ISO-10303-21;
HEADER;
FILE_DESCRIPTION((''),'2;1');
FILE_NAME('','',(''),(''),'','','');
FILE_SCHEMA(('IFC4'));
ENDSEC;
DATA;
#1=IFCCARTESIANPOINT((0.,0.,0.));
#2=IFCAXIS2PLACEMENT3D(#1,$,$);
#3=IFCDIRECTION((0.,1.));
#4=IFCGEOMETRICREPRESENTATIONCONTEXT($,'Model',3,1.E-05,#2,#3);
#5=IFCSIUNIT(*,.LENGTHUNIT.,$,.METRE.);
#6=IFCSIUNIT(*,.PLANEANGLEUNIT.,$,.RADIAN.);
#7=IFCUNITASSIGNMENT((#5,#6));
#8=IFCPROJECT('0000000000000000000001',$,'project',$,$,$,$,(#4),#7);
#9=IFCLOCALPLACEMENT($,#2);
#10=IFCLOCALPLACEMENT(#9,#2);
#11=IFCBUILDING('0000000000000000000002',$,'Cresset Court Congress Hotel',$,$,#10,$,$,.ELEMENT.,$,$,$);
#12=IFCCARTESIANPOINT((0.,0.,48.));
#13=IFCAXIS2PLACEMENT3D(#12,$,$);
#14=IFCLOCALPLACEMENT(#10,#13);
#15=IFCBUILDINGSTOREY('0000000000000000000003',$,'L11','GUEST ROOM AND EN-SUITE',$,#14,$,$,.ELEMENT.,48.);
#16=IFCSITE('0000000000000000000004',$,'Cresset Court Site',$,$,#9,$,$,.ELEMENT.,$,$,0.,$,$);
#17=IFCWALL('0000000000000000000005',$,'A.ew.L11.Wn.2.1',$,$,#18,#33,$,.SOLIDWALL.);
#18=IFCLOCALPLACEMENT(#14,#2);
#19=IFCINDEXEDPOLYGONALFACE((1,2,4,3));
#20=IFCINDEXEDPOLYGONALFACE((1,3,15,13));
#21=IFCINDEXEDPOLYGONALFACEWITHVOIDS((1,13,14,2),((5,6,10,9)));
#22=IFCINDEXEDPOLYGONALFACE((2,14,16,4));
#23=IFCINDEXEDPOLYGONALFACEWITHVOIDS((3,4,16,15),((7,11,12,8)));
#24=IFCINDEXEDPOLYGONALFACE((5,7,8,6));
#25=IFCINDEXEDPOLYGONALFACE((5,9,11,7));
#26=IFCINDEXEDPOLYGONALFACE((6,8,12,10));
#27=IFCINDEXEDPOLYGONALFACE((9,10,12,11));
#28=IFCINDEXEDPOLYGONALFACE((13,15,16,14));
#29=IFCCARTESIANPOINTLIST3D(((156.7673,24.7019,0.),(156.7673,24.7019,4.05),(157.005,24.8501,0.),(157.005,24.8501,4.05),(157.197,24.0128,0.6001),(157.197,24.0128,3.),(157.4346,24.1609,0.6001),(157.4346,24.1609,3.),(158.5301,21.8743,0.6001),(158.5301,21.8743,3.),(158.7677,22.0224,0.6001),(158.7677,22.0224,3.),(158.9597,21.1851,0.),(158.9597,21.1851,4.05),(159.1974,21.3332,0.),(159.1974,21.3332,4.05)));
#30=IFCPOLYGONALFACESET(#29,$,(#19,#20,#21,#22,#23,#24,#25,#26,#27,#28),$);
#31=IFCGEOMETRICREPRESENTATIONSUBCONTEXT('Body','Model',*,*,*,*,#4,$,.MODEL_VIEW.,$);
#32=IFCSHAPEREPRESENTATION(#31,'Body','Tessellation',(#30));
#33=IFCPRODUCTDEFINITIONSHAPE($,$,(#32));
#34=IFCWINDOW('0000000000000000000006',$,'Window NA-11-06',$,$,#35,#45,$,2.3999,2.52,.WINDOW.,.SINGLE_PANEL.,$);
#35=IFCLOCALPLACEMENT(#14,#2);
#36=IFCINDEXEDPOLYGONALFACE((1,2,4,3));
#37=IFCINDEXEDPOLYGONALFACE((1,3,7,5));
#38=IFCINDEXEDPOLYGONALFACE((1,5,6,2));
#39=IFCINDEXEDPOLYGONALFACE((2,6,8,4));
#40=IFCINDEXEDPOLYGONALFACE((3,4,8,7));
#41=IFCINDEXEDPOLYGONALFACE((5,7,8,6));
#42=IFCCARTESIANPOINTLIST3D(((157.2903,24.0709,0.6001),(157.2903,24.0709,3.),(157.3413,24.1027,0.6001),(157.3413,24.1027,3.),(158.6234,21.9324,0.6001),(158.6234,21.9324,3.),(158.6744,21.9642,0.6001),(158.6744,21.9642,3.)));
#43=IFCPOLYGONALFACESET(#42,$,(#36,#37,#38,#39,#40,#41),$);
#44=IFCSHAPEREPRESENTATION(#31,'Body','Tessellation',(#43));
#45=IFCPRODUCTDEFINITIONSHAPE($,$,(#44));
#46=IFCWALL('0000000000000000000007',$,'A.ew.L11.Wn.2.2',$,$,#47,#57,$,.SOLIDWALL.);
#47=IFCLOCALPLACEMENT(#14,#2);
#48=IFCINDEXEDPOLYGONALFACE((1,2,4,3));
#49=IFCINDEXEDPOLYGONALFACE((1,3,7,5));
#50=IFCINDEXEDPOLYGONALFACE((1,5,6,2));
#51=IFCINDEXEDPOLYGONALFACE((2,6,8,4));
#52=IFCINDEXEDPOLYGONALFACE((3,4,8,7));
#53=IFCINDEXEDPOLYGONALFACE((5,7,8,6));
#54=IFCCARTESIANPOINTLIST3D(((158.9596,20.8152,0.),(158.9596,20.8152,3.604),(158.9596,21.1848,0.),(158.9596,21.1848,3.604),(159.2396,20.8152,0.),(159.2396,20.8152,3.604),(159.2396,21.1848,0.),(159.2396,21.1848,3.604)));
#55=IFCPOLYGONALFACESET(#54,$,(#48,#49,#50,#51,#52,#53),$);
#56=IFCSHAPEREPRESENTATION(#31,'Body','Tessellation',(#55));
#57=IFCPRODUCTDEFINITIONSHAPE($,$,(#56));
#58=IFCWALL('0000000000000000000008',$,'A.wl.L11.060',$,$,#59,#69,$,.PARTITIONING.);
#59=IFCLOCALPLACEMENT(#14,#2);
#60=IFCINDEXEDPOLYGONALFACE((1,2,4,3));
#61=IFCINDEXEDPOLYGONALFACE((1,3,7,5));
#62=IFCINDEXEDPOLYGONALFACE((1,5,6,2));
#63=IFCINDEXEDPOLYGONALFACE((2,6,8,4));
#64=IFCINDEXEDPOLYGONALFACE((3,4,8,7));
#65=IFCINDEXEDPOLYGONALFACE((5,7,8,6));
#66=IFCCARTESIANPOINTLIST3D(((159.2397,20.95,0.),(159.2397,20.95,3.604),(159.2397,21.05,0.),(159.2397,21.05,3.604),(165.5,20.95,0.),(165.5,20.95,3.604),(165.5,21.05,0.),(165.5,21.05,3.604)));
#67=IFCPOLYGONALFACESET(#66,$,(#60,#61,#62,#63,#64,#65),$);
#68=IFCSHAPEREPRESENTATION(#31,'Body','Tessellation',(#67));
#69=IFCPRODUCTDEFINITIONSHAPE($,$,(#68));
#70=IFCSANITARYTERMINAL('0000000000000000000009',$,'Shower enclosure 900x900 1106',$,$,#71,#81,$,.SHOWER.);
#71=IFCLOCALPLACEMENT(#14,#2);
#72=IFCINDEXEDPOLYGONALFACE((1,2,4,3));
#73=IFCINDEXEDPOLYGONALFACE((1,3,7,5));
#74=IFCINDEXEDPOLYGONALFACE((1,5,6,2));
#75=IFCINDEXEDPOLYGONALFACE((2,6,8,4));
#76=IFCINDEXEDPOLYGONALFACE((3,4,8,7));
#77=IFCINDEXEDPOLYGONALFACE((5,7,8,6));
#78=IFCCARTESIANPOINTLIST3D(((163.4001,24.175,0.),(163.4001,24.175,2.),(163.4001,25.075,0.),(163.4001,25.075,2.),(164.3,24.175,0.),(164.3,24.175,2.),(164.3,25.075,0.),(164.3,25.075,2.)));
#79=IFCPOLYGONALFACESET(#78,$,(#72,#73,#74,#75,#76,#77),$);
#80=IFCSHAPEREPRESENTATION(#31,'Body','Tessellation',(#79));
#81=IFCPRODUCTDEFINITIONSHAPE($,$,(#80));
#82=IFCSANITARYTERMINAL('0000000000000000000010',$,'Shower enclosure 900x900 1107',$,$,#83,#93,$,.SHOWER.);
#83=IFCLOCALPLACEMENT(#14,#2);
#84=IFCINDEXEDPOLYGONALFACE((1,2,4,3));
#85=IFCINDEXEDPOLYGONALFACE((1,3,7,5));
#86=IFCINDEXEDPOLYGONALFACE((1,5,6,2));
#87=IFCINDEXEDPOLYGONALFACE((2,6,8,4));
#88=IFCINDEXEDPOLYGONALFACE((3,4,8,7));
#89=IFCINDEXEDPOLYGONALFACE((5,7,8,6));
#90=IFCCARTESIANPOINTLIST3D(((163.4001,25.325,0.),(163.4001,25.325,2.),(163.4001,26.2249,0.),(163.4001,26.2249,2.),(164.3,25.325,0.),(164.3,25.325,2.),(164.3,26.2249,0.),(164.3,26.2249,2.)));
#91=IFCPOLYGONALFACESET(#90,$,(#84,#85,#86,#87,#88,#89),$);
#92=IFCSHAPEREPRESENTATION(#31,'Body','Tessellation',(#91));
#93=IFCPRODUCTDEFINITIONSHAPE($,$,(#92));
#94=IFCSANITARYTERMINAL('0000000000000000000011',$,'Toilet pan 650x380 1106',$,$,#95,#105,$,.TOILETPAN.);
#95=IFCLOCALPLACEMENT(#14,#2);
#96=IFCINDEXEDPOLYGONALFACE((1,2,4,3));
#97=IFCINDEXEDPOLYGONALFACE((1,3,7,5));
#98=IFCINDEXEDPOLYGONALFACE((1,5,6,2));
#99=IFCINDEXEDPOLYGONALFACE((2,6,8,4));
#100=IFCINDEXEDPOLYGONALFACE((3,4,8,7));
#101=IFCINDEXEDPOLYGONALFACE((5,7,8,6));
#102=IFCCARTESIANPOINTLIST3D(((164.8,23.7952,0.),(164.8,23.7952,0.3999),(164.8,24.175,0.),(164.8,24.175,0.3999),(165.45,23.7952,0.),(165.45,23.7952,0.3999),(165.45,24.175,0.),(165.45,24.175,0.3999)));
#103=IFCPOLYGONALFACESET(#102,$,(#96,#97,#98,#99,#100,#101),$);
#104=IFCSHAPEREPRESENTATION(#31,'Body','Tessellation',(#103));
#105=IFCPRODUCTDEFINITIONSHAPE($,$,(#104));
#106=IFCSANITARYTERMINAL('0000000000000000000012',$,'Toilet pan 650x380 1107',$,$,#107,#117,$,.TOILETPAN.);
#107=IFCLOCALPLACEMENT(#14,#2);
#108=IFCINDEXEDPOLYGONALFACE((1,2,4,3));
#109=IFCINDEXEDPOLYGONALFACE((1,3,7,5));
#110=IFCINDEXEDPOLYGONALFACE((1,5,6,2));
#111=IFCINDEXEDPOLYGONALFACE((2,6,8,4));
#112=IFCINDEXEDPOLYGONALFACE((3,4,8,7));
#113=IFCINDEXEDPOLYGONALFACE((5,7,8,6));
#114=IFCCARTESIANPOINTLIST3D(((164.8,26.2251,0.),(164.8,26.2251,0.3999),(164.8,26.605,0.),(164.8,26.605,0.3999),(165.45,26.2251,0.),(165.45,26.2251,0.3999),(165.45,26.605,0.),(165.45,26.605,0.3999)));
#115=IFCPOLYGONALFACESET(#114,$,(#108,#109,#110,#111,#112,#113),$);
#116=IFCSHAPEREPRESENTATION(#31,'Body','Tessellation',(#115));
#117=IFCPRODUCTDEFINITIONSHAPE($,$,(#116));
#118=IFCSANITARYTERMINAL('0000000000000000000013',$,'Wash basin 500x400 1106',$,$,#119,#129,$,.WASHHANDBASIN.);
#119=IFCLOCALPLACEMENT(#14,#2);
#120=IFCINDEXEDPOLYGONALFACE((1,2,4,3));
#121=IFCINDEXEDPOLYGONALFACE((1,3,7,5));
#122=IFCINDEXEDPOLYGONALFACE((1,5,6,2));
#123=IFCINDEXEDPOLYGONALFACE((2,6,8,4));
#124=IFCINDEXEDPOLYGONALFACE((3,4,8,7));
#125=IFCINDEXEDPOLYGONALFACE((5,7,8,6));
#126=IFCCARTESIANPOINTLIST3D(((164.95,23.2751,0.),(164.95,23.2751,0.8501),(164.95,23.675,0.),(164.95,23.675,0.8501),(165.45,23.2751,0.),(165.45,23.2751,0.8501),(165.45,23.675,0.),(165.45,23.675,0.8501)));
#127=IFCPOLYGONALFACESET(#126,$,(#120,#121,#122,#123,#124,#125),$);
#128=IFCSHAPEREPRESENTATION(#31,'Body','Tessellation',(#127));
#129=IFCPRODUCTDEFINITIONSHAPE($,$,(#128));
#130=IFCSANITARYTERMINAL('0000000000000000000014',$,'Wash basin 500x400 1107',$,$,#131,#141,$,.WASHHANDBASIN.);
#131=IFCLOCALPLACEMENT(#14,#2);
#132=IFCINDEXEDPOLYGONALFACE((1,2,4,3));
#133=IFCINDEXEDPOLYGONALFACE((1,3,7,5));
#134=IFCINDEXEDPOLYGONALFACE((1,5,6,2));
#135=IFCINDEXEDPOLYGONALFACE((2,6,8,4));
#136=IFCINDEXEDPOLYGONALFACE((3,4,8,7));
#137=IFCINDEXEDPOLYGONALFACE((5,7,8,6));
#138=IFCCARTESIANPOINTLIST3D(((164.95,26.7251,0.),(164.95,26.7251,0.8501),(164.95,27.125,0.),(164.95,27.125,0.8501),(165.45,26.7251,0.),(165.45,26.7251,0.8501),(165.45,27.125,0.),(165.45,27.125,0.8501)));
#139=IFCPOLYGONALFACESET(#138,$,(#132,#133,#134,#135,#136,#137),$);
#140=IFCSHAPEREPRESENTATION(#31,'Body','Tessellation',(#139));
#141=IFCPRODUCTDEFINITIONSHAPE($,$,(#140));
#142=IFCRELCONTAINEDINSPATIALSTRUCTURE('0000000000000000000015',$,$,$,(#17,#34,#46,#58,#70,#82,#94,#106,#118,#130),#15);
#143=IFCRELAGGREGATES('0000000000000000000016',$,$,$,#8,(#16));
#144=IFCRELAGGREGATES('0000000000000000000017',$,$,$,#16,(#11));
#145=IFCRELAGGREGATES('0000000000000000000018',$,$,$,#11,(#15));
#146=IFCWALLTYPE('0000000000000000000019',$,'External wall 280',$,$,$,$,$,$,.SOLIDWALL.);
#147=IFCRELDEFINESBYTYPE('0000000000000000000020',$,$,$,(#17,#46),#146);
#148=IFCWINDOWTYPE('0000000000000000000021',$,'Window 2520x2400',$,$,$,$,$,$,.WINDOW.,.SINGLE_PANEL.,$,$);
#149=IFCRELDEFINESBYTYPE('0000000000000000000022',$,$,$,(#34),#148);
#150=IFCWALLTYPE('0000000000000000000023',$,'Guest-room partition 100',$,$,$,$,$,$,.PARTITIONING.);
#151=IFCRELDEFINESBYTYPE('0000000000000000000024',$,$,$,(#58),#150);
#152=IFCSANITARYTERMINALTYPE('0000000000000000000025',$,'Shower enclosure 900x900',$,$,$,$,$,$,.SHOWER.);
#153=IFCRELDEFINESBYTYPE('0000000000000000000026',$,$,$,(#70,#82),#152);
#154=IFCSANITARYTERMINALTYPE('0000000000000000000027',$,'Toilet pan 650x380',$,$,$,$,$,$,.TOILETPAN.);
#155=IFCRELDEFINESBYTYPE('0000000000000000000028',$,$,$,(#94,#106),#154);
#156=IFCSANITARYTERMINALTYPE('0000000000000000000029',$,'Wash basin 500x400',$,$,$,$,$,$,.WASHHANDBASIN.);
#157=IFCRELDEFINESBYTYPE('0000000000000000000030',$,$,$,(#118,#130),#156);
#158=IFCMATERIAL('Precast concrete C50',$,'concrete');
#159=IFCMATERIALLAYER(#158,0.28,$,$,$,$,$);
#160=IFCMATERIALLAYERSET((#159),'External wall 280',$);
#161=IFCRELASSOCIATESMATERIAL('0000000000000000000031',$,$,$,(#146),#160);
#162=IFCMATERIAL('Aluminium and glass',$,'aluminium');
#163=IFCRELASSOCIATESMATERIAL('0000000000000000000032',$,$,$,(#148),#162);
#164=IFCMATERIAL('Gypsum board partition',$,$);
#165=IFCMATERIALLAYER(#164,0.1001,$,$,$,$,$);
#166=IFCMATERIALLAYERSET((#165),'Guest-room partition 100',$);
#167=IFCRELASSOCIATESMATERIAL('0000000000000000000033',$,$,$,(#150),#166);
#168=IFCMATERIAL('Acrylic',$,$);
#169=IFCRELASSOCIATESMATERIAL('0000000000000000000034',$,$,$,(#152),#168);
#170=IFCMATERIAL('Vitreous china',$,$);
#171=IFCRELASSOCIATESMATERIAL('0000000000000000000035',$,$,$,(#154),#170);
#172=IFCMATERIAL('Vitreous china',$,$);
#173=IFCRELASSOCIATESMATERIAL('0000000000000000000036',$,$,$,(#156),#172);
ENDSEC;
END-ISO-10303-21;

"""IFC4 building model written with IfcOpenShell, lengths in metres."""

from ifc_helpers import new_model, si_unit, direction, frame, frame_2d, origin, origin_2d, place, context, subcontext, project, spatial, rectangle, extrude, material, layer, layer_set, type_object, element, fill, save


model = new_model("IFC4")

# Units and contexts
model_context = context("Model", 3, precision=1e-05, world=origin(), true_north=direction((0.0, 1.0)))
body_context = subcontext(model_context, "Body", "Model", "MODEL_VIEW")
ifc_project = project(units=[si_unit("LENGTHUNIT", "METRE"), si_unit("PLANEANGLEUNIT", "RADIAN")], contexts=[model_context])

# Site, building, storey
site_placement = place(None, origin())
site = spatial("IfcSite", under=ifc_project, at=site_placement, Name="Cresset Court Site", CompositionType="ELEMENT", RefElevation=0.0)
building_placement = place(site_placement, origin())
building = spatial("IfcBuilding", under=site, at=building_placement, Name="Cresset Court Congress Hotel", CompositionType="ELEMENT")
storey_placement = place(building_placement, frame((0.0, 0.0, 48.0)))
storey = spatial("IfcBuildingStorey", under=building, at=storey_placement, Name="L11", Description="GUEST ROOM AND EN-SUITE", CompositionType="ELEMENT", Elevation=48.0)

# Wall, opening, window
ifc_material_1 = material(Name="Precast concrete C50", Category="concrete")
ifc_layer_1 = layer(ifc_material_1, 0.28)
ifc_layer_set_1 = layer_set([ifc_layer_1], Name="External wall 280")
wall_type_1 = type_object("IfcWallType", Name="External wall 280", PredefinedType="SOLIDWALL", material=ifc_layer_set_1)
wall_1_placement = place(storey_placement, frame((159.0786, 21.259, 0.0), z_axis=(0.0, 0.0, 1.0), x_axis=(-0.529019, 0.84861, 0.0)))
wall_1 = element("IfcWall", 1, at=wall_1_placement, inside=storey, type_object=wall_type_1, Name="A.ew.L11.Wn.2.1", PredefinedType="SOLIDWALL", context=body_context, shape_type="SweptSolid", body=[
    extrude(rectangle(XDim=4.1443, YDim=0.28, at=frame_2d((2.0723, 0.0))), origin(), (0.0, 0.0, 1.0), 4.05),
])
opening_1_placement = place(wall_1_placement, frame((0.8123, 0.0, 0.6001)))
opening_1 = element("IfcOpeningElement", 2, at=opening_1_placement, cuts=wall_1, PredefinedType="OPENING", context=body_context, shape_type="SweptSolid", body=[
    extrude(rectangle(XDim=2.52, YDim=2.3999, at=frame_2d((1.26, 1.2))), frame((0.0, 0.1499, 0.0), z_axis=(0.0, -1.0, 0.0), x_axis=(1.0, 0.0, 0.0)), (0.0, 0.0, 1.0), 0.3),
])
ifc_material_2 = material(Name="Aluminium and glass", Category="aluminium")
window_type = type_object("IfcWindowType", Name="Window 2520x2400", PartitioningType="SINGLE_PANEL", PredefinedType="WINDOW", material=ifc_material_2)
window_placement = place(opening_1_placement, origin())
window = element("IfcWindow", 3, at=window_placement, inside=storey, type_object=window_type, Name="Window NA-11-06", OverallHeight=2.3999, OverallWidth=2.52, PartitioningType="SINGLE_PANEL", PredefinedType="WINDOW", context=body_context, shape_type="SweptSolid", body=[
    extrude(rectangle(XDim=2.52, YDim=2.3999, at=frame_2d((1.26, 1.2))), frame((0.0, 0.03, 0.0), z_axis=(0.0, -1.0, 0.0), x_axis=(1.0, 0.0, 0.0)), (0.0, 0.0, 1.0), 0.0601),
])
fill(opening_1, window)

# Walls
wall_2_placement = place(storey_placement, frame((159.0996, 20.8152, 0.0), z_axis=(0.0, 0.0, 1.0), x_axis=(0.0, 1.0, 0.0)))
element("IfcWall", 4, at=wall_2_placement, inside=storey, type_object=wall_type_1, Name="A.ew.L11.Wn.2.2", PredefinedType="SOLIDWALL", context=body_context, shape_type="SweptSolid", body=[
    extrude(rectangle(XDim=0.3696, YDim=0.28, at=frame_2d((0.1848, 0.0))), origin(), (0.0, 0.0, 1.0), 3.604),
])
ifc_material_3 = material(Name="Gypsum board partition")
ifc_layer_2 = layer(ifc_material_3, 0.1001)
ifc_layer_set_2 = layer_set([ifc_layer_2], Name="Guest-room partition 100")
wall_type_2 = type_object("IfcWallType", Name="Guest-room partition 100", PredefinedType="PARTITIONING", material=ifc_layer_set_2)
wall_3_placement = place(storey_placement, frame((159.2397, 21.0, 0.0), z_axis=(0.0, 0.0, 1.0), x_axis=(1.0, 0.0, 0.0)))
element("IfcWall", 5, at=wall_3_placement, inside=storey, type_object=wall_type_2, Name="A.wl.L11.060", PredefinedType="PARTITIONING", context=body_context, shape_type="SweptSolid", body=[
    extrude(rectangle(XDim=6.2603, YDim=0.1001, at=frame_2d((3.1301, 0.0))), origin(), (0.0, 0.0, 1.0), 3.604),
])

# Sanitary terminals
ifc_material_4 = material(Name="Acrylic")
sanitary_terminal_type_1 = type_object("IfcSanitaryTerminalType", Name="Shower enclosure 900x900", PredefinedType="SHOWER", material=ifc_material_4)
for number, where, z_axis, x_axis, name in (
    (6, (163.8501, 24.625, 0.0), (0.0, 0.0, 1.0), (1.0, 0.0, 0.0), "Shower enclosure 900x900 1106"),
    (7, (163.8501, 25.7749, 0.0), (0.0, 0.0, 1.0), (1.0, 0.0, 0.0), "Shower enclosure 900x900 1107"),
):
    element("IfcSanitaryTerminal", number, at=place(storey_placement, frame(where, z_axis=z_axis, x_axis=x_axis)), inside=storey, type_object=sanitary_terminal_type_1, Name=name, PredefinedType="SHOWER", context=body_context, shape_type="SweptSolid", body=[
        extrude(rectangle(XDim=0.8999, YDim=0.8999, at=origin_2d()), origin(), (0.0, 0.0, 1.0), 2.0),
    ])
ifc_material_5 = material(Name="Vitreous china")
sanitary_terminal_type_2 = type_object("IfcSanitaryTerminalType", Name="Toilet pan 650x380", PredefinedType="TOILETPAN", material=ifc_material_5)
for number, where, z_axis, x_axis, name in (
    (8, (165.125, 23.9851, 0.0), (0.0, 0.0, 1.0), (1.0, 0.0, 0.0), "Toilet pan 650x380 1106"),
    (9, (165.125, 26.415, 0.0), (0.0, 0.0, 1.0), (1.0, 0.0, 0.0), "Toilet pan 650x380 1107"),
):
    element("IfcSanitaryTerminal", number, at=place(storey_placement, frame(where, z_axis=z_axis, x_axis=x_axis)), inside=storey, type_object=sanitary_terminal_type_2, Name=name, PredefinedType="TOILETPAN", context=body_context, shape_type="SweptSolid", body=[
        extrude(rectangle(XDim=0.6499, YDim=0.3799, at=origin_2d()), origin(), (0.0, 0.0, 1.0), 0.3999),
    ])
ifc_material_6 = material(Name="Vitreous china")
sanitary_terminal_type_3 = type_object("IfcSanitaryTerminalType", Name="Wash basin 500x400", PredefinedType="WASHHANDBASIN", material=ifc_material_6)
for number, where, z_axis, x_axis, name in (
    (10, (165.2, 23.4751, 0.0), (0.0, 0.0, 1.0), (1.0, 0.0, 0.0), "Wash basin 500x400 1106"),
    (11, (165.2, 26.925, 0.0), (0.0, 0.0, 1.0), (1.0, 0.0, 0.0), "Wash basin 500x400 1107"),
):
    element("IfcSanitaryTerminal", number, at=place(storey_placement, frame(where, z_axis=z_axis, x_axis=x_axis)), inside=storey, type_object=sanitary_terminal_type_3, Name=name, PredefinedType="WASHHANDBASIN", context=body_context, shape_type="SweptSolid", body=[
        extrude(rectangle(XDim=0.5, YDim=0.3999, at=origin_2d()), origin(), (0.0, 0.0, 1.0), 0.8501),
    ])

save(model, "model.ifc")
